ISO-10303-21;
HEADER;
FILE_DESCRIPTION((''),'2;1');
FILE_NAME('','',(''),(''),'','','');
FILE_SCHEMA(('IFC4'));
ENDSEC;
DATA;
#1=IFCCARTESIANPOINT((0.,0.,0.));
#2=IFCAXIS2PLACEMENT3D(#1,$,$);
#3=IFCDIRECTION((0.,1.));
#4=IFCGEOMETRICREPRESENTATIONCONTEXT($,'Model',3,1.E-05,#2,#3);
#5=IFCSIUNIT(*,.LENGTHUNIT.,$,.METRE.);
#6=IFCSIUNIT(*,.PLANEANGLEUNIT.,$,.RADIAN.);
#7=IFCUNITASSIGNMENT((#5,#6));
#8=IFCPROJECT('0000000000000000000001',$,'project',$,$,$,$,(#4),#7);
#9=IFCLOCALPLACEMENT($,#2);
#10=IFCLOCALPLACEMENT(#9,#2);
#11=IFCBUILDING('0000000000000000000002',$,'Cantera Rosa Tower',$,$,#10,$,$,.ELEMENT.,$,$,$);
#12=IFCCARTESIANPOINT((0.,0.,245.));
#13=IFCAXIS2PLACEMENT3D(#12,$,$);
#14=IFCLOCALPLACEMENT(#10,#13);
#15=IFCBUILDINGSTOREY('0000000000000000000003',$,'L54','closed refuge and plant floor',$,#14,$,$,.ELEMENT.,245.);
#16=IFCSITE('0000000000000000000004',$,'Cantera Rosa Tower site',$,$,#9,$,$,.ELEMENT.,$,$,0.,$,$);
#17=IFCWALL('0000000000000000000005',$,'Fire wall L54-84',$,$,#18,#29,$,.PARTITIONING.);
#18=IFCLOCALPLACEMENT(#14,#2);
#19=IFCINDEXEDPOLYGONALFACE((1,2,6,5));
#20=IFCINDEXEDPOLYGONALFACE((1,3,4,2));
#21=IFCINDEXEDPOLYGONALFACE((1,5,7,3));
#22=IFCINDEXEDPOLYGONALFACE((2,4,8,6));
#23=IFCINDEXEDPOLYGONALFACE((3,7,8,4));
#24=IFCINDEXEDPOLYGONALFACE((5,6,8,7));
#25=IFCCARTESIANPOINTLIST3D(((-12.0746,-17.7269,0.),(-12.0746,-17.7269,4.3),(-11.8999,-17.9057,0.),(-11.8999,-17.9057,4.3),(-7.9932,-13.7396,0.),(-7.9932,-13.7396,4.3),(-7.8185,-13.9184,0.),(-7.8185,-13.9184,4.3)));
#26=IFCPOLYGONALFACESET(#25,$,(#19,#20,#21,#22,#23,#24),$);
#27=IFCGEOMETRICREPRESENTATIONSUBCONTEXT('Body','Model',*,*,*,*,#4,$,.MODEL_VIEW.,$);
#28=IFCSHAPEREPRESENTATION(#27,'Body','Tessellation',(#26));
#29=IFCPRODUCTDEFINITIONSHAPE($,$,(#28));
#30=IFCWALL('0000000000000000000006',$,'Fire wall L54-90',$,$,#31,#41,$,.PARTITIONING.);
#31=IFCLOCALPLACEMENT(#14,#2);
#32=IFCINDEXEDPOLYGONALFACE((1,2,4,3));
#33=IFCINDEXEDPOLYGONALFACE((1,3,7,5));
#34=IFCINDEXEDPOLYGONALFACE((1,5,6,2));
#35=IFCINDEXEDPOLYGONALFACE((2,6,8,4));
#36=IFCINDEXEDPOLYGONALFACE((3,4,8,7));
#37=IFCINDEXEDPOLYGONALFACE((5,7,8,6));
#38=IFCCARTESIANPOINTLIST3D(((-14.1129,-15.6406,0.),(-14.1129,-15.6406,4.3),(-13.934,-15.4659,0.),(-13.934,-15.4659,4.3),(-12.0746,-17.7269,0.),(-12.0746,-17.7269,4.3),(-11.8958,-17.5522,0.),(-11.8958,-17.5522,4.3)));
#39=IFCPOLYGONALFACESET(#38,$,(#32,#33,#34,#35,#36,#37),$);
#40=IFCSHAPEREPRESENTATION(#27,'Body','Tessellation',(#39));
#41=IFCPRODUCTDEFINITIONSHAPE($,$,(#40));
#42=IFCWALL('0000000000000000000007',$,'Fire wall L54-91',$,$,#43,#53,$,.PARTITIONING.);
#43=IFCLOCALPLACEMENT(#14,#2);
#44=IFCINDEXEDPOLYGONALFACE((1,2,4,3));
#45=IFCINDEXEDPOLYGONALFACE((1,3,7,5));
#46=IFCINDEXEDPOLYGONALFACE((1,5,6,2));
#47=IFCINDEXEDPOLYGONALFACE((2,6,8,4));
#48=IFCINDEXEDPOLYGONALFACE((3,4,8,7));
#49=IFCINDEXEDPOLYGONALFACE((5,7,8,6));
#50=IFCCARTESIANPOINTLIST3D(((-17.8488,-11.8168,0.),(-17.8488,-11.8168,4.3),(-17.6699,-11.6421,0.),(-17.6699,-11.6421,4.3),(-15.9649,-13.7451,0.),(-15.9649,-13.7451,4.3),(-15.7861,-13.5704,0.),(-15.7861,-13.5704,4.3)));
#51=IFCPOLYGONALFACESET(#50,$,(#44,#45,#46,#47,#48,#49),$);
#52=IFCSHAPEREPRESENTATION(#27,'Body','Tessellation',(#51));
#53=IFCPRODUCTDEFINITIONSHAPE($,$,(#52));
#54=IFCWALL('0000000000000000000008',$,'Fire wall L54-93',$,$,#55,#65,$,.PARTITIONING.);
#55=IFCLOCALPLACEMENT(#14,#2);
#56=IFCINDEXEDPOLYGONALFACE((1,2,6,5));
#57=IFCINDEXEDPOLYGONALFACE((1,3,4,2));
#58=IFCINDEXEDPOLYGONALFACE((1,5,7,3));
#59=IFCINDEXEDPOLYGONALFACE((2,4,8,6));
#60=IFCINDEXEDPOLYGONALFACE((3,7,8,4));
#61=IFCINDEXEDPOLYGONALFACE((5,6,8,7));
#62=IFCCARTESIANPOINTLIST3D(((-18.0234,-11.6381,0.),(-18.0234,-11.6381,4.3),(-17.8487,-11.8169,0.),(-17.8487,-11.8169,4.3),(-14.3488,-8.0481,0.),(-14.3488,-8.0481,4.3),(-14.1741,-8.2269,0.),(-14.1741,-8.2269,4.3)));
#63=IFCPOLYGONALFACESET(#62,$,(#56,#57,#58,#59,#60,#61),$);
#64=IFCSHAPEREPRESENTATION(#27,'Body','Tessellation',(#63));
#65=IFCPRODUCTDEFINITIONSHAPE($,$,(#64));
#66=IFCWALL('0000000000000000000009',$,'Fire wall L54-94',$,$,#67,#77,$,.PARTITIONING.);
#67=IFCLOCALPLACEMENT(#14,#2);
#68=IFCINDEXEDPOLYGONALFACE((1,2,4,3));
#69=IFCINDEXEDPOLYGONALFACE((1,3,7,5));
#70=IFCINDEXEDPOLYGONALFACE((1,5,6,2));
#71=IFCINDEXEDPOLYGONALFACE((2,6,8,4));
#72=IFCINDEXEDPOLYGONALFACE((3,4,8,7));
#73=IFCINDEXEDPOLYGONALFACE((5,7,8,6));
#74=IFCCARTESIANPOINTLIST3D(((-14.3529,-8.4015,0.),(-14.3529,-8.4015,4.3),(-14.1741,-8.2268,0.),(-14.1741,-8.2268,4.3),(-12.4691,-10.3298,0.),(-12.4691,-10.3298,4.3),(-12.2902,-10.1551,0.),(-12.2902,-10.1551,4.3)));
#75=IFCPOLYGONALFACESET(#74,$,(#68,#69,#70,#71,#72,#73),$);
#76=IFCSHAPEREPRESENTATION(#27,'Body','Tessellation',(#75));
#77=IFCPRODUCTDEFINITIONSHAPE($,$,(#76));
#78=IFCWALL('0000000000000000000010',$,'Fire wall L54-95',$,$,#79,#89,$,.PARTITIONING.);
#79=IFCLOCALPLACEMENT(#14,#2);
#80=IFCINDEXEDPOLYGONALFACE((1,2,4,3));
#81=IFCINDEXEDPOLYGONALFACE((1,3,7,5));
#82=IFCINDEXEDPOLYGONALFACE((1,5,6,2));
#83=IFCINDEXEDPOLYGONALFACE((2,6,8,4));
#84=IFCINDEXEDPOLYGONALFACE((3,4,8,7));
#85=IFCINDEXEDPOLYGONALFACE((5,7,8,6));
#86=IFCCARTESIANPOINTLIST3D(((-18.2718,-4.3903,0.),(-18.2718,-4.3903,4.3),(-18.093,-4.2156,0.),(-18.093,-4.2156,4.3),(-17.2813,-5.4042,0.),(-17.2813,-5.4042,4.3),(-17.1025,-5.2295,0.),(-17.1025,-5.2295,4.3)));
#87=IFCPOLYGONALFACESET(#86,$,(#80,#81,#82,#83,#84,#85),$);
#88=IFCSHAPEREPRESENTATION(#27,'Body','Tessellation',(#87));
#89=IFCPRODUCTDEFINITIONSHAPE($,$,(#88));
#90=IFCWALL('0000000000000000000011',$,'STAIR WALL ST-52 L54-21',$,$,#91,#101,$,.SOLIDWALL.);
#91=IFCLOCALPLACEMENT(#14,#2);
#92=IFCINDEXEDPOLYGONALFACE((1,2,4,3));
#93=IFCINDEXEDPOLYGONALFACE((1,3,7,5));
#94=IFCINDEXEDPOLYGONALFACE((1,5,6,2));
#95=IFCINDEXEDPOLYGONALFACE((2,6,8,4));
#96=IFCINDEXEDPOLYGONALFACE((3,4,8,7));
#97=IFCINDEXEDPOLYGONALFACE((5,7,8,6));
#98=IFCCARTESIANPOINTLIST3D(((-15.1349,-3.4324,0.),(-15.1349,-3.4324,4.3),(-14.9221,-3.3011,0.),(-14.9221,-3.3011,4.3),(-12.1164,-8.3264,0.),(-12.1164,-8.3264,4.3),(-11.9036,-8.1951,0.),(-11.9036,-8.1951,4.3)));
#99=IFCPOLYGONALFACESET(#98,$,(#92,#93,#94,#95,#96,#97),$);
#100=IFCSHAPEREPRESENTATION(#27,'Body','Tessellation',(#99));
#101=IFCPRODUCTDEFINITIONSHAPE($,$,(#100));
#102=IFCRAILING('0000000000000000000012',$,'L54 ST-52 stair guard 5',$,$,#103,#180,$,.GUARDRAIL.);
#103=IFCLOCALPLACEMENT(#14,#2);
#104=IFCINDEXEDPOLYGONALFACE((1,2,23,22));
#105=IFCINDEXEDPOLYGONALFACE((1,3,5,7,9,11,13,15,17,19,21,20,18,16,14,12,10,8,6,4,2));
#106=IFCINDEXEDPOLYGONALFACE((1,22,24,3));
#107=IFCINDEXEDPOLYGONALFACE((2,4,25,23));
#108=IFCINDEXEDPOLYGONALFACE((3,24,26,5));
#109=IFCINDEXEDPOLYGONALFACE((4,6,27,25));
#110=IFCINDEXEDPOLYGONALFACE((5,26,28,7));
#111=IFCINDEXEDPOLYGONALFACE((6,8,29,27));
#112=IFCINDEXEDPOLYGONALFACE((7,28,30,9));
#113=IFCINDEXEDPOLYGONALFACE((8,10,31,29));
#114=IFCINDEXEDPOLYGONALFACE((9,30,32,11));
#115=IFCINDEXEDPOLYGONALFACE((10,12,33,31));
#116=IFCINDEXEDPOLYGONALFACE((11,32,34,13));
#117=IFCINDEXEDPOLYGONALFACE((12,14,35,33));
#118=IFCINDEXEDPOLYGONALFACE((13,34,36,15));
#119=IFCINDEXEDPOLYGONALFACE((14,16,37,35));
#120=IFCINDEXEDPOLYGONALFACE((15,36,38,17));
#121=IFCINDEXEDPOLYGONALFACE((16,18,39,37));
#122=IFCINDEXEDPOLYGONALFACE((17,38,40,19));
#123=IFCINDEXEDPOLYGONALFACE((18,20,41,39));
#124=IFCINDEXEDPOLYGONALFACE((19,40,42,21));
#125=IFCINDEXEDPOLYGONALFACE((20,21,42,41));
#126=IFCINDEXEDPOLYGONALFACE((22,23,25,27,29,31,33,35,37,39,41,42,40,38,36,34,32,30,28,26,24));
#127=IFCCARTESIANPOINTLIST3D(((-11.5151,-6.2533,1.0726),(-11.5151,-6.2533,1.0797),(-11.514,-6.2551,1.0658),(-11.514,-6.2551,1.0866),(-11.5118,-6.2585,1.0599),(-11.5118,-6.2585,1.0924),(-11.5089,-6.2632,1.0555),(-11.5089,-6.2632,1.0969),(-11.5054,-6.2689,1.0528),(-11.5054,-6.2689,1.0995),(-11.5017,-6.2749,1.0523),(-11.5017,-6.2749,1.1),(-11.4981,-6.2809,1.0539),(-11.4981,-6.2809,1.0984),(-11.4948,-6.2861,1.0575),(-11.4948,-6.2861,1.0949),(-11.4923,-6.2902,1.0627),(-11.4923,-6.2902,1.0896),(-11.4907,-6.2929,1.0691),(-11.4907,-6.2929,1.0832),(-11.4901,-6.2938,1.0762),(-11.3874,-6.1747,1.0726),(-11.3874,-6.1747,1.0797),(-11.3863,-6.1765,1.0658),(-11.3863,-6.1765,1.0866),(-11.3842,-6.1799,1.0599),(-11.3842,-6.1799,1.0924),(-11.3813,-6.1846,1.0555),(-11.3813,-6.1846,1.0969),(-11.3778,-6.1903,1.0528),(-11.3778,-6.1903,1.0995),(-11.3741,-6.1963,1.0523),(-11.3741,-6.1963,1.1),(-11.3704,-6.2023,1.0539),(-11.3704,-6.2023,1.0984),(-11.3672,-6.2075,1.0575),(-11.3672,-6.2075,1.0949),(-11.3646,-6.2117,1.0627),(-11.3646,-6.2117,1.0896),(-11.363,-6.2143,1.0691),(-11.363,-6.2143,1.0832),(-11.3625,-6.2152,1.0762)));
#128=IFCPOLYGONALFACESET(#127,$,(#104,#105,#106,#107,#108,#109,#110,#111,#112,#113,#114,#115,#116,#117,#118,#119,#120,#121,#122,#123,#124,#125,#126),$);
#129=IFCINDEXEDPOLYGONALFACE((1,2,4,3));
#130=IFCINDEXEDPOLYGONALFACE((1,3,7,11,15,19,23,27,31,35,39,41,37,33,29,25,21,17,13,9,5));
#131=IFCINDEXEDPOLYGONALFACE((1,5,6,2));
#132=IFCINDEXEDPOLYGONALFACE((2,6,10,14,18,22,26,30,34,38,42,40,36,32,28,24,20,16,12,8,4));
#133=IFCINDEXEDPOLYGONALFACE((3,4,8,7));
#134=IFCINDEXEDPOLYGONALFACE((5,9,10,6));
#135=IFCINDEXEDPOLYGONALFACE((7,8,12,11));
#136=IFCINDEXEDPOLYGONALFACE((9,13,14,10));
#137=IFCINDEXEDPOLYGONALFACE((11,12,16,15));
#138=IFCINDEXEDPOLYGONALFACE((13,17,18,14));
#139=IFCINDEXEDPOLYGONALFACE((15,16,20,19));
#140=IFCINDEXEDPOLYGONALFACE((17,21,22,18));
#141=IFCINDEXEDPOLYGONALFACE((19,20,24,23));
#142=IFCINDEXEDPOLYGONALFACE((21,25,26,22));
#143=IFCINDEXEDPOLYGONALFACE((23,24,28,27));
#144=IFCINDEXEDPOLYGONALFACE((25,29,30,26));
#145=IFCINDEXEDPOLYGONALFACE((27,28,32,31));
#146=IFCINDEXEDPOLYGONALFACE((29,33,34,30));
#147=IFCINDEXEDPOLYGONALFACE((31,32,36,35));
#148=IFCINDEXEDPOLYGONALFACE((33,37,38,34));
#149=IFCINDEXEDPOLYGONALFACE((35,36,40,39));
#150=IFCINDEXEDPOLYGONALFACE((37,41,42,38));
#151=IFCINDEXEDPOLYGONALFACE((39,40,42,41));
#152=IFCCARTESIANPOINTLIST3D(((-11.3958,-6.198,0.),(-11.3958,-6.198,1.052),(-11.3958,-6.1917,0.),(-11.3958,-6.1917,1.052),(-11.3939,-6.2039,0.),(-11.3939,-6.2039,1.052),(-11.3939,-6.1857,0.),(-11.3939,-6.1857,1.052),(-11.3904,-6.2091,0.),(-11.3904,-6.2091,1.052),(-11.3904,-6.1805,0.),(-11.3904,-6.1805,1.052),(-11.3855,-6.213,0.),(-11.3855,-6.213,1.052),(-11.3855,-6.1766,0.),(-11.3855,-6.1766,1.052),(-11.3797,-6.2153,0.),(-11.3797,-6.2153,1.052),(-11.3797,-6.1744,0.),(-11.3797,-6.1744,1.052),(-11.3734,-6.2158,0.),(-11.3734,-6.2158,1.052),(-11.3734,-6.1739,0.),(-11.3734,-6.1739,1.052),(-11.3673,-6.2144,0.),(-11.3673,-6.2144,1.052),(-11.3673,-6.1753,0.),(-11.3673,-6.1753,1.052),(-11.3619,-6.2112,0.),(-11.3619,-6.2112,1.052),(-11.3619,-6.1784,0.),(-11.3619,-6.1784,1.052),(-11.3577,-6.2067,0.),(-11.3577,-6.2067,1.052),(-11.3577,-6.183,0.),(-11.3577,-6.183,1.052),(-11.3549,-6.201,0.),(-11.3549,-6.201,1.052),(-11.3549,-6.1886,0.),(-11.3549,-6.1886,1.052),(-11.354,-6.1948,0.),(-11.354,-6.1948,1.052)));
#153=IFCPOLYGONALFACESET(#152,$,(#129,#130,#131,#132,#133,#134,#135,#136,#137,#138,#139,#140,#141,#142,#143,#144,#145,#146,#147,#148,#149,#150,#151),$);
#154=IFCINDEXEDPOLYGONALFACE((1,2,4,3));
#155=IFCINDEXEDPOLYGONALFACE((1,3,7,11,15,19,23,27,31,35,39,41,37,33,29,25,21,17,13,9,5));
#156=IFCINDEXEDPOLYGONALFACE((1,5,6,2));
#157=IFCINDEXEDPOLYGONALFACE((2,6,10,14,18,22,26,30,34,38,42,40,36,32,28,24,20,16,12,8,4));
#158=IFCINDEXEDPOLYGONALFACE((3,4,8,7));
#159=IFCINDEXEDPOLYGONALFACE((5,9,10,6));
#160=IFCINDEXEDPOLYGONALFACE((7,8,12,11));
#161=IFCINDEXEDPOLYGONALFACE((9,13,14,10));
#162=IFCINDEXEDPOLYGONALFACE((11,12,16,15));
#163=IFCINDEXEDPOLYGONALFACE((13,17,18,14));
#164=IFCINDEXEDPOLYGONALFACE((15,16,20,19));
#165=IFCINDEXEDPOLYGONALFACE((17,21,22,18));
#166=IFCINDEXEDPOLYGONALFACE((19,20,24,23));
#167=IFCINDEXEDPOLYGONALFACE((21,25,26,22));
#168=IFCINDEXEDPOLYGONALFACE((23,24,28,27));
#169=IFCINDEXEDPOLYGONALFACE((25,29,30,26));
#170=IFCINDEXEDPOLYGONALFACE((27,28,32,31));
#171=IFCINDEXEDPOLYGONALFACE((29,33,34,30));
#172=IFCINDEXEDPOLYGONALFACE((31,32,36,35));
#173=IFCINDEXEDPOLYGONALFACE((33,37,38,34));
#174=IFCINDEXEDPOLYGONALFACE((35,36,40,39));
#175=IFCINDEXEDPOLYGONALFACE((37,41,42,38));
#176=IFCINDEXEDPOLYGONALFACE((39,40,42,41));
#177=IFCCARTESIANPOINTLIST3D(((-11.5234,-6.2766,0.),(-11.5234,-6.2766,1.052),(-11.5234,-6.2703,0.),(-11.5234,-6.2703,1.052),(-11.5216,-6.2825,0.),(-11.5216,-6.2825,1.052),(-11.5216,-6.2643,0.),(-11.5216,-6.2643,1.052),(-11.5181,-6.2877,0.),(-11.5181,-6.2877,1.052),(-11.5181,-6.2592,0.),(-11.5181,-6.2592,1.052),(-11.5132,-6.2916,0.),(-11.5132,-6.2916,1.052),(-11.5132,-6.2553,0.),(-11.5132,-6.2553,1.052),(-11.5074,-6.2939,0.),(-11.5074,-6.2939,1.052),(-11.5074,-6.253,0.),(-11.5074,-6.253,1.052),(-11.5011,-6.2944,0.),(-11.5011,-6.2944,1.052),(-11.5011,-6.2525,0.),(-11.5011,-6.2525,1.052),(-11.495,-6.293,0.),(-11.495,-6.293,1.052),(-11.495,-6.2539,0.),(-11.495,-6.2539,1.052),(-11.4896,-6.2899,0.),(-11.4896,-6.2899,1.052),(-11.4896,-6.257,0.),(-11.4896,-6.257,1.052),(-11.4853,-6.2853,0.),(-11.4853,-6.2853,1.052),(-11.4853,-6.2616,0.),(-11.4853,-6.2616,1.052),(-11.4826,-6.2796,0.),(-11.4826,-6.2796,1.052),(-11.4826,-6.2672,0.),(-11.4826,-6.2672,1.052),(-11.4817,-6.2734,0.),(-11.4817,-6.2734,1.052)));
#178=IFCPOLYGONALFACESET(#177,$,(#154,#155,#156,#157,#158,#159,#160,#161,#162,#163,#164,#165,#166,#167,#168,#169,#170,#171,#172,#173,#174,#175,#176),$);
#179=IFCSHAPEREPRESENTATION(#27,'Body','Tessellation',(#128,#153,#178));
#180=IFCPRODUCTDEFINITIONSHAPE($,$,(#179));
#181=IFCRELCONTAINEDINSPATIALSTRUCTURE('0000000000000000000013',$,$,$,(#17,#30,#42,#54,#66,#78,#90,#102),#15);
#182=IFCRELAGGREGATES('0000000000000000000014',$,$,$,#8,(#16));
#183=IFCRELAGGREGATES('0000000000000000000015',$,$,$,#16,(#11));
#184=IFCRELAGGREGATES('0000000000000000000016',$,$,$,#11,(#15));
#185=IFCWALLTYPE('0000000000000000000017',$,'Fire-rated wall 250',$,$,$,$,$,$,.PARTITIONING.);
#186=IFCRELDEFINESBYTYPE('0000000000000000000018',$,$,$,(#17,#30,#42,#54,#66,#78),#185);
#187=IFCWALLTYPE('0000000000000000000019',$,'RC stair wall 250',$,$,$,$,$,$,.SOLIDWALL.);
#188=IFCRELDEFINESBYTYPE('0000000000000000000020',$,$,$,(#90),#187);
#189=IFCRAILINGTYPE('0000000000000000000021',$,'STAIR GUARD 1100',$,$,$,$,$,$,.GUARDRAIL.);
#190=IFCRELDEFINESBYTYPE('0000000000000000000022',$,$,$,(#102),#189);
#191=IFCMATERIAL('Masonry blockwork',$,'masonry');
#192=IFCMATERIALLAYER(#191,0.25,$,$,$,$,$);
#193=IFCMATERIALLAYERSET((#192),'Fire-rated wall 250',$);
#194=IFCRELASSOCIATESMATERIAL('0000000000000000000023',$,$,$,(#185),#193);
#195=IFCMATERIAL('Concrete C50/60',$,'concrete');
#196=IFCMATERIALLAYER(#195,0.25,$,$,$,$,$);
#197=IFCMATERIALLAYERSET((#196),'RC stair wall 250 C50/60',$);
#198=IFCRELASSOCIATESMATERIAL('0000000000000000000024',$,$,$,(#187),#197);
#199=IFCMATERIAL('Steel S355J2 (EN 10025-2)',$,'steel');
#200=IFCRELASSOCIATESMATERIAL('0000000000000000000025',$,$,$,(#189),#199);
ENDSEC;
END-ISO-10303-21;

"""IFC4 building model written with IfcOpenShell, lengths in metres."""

from ifc_helpers import new_model, si_unit, direction, frame, frame_2d, origin, origin_2d, place, context, subcontext, project, spatial, rectangle, circle, extrude, material, layer, layer_set, type_object, element, save


model = new_model("IFC4")

# Units and contexts
model_context = context("Model", 3, precision=1e-05, world=origin(), true_north=direction((0.0, 1.0)))
body_context = subcontext(model_context, "Body", "Model", "MODEL_VIEW")
ifc_project = project(units=[si_unit("LENGTHUNIT", "METRE"), si_unit("PLANEANGLEUNIT", "RADIAN")], contexts=[model_context])

# Site, building, storey
site_placement = place(None, origin())
site = spatial("IfcSite", under=ifc_project, at=site_placement, Name="Cantera Rosa Tower site", CompositionType="ELEMENT", RefElevation=0.0)
building_placement = place(site_placement, origin())
building = spatial("IfcBuilding", under=site, at=building_placement, Name="Cantera Rosa Tower", CompositionType="ELEMENT")
storey_placement = place(building_placement, frame((0.0, 0.0, 245.0)))
storey = spatial("IfcBuildingStorey", under=building, at=storey_placement, Name="L54", Description="closed refuge and plant floor", CompositionType="ELEMENT", Elevation=245.0)

# Shared definitions
ifc_material_1 = material(Name="Masonry blockwork", Category="masonry")
ifc_layer_1 = layer(ifc_material_1, 0.25)
ifc_layer_set_1 = layer_set([ifc_layer_1], Name="Fire-rated wall 250")
wall_type_1 = type_object("IfcWallType", Name="Fire-rated wall 250", PredefinedType="PARTITIONING", material=ifc_layer_set_1)

# Walls
wall_1_placement = place(storey_placement, frame((-11.9873, -17.8164, 0.0), z_axis=(0.0, 0.0, 1.0), x_axis=(0.715296, 0.698822, 0.0)))
element("IfcWall", 1, at=wall_1_placement, inside=storey, type_object=wall_type_1, Name="Fire wall L54-84", PredefinedType="PARTITIONING", context=body_context, shape_type="SweptSolid", body=[
    extrude(rectangle(XDim=5.7058, YDim=0.25, at=frame_2d((2.853, 0.0))), origin(), (0.0, 0.0, 1.0), 4.3),
])
wall_2_placement = place(storey_placement, frame((-11.9851, -17.6396, 0.0), z_axis=(0.0, 0.0, 1.0), x_axis=(-0.698814, 0.715303, 0.0)))
element("IfcWall", 2, at=wall_2_placement, inside=storey, type_object=wall_type_1, Name="Fire wall L54-90", PredefinedType="PARTITIONING", context=body_context, shape_type="SweptSolid", body=[
    extrude(rectangle(XDim=2.9167, YDim=0.25, at=frame_2d((1.4585, 0.0))), origin(), (0.0, 0.0, 1.0), 4.3),
])
wall_3_placement = place(storey_placement, frame((-15.8755, -13.6577, 0.0), z_axis=(0.0, 0.0, 1.0), x_axis=(-0.698817, 0.7153, 0.0)))
element("IfcWall", 3, at=wall_3_placement, inside=storey, type_object=wall_type_1, Name="Fire wall L54-91", PredefinedType="PARTITIONING", context=body_context, shape_type="SweptSolid", body=[
    extrude(rectangle(XDim=2.6958, YDim=0.25, at=frame_2d((1.3479, 0.0))), origin(), (0.0, 0.0, 1.0), 4.3),
])
wall_4_placement = place(storey_placement, frame((-17.936, -11.7275, 0.0), z_axis=(0.0, 0.0, 1.0), x_axis=(0.715281, 0.698837, 0.0)))
element("IfcWall", 4, at=wall_4_placement, inside=storey, type_object=wall_type_1, Name="Fire wall L54-93", PredefinedType="PARTITIONING", context=body_context, shape_type="SweptSolid", body=[
    extrude(rectangle(XDim=5.1372, YDim=0.25, at=frame_2d((2.5686, 0.0))), origin(), (0.0, 0.0, 1.0), 4.3),
])
wall_5_placement = place(storey_placement, frame((-12.3796, -10.2424, 0.0), z_axis=(0.0, 0.0, 1.0), x_axis=(-0.698817, 0.7153, 0.0)))
element("IfcWall", 5, at=wall_5_placement, inside=storey, type_object=wall_type_1, Name="Fire wall L54-94", PredefinedType="PARTITIONING", context=body_context, shape_type="SweptSolid", body=[
    extrude(rectangle(XDim=2.6958, YDim=0.25, at=frame_2d((1.3479, 0.0))), origin(), (0.0, 0.0, 1.0), 4.3),
])
wall_6_placement = place(storey_placement, frame((-17.1919, -5.3169, 0.0), z_axis=(0.0, 0.0, 1.0), x_axis=(-0.698791, 0.715326, 0.0)))
element("IfcWall", 6, at=wall_6_placement, inside=storey, type_object=wall_type_1, Name="Fire wall L54-95", PredefinedType="PARTITIONING", context=body_context, shape_type="SweptSolid", body=[
    extrude(rectangle(XDim=1.4175, YDim=0.25, at=frame_2d((0.7087, 0.0))), origin(), (0.0, 0.0, 1.0), 4.3),
])
ifc_material_2 = material(Name="Concrete C50/60", Category="concrete")
ifc_layer_2 = layer(ifc_material_2, 0.25)
ifc_layer_set_2 = layer_set([ifc_layer_2], Name="RC stair wall 250 C50/60")
wall_type_2 = type_object("IfcWallType", Name="RC stair wall 250", PredefinedType="SOLIDWALL", material=ifc_layer_set_2)
wall_7_placement = place(storey_placement, frame((-12.01, -8.2607, 0.0), z_axis=(0.0, 0.0, 1.0), x_axis=(-0.524959, 0.851127, 0.0)))
element("IfcWall", 7, at=wall_7_placement, inside=storey, type_object=wall_type_2, Name="STAIR WALL ST-52 L54-21", PredefinedType="SOLIDWALL", context=body_context, shape_type="SweptSolid", body=[
    extrude(rectangle(XDim=5.75, YDim=0.25, at=frame_2d((2.875, 0.0))), origin(), (0.0, 0.0, 1.0), 4.3),
])

# Railing
ifc_material_3 = material(Name="Steel S355J2 (EN 10025-2)", Category="steel")
railing_type_1 = type_object("IfcRailingType", Name="STAIR GUARD 1100", PredefinedType="GUARDRAIL", material=ifc_material_3)
railing_placement = place(storey_placement, frame((-11.375, -6.1948, 0.0)))
element("IfcRailing", 8, at=railing_placement, inside=storey, type_object=railing_type_1, Name="L54 ST-52 stair guard 5", PredefinedType="GUARDRAIL", context=body_context, shape_type="SweptSolid", body=[
    extrude(circle(Radius=0.0239, at=origin_2d()), frame((0.0, 0.0, 1.0762), z_axis=(-0.851546, -0.524279, 0.0), x_axis=(0.524279, -0.851546, 0.0)), (0.0, 0.0, 1.0), 0.1499),
    extrude(circle(Radius=0.021, at=origin_2d()), origin(), (0.0, 0.0, 1.0), 1.052),
    extrude(circle(Radius=0.021, at=origin_2d()), frame((-0.1277, -0.0786, 0.0)), (0.0, 0.0, 1.0), 1.052),
])

save(model, "model.ifc")
